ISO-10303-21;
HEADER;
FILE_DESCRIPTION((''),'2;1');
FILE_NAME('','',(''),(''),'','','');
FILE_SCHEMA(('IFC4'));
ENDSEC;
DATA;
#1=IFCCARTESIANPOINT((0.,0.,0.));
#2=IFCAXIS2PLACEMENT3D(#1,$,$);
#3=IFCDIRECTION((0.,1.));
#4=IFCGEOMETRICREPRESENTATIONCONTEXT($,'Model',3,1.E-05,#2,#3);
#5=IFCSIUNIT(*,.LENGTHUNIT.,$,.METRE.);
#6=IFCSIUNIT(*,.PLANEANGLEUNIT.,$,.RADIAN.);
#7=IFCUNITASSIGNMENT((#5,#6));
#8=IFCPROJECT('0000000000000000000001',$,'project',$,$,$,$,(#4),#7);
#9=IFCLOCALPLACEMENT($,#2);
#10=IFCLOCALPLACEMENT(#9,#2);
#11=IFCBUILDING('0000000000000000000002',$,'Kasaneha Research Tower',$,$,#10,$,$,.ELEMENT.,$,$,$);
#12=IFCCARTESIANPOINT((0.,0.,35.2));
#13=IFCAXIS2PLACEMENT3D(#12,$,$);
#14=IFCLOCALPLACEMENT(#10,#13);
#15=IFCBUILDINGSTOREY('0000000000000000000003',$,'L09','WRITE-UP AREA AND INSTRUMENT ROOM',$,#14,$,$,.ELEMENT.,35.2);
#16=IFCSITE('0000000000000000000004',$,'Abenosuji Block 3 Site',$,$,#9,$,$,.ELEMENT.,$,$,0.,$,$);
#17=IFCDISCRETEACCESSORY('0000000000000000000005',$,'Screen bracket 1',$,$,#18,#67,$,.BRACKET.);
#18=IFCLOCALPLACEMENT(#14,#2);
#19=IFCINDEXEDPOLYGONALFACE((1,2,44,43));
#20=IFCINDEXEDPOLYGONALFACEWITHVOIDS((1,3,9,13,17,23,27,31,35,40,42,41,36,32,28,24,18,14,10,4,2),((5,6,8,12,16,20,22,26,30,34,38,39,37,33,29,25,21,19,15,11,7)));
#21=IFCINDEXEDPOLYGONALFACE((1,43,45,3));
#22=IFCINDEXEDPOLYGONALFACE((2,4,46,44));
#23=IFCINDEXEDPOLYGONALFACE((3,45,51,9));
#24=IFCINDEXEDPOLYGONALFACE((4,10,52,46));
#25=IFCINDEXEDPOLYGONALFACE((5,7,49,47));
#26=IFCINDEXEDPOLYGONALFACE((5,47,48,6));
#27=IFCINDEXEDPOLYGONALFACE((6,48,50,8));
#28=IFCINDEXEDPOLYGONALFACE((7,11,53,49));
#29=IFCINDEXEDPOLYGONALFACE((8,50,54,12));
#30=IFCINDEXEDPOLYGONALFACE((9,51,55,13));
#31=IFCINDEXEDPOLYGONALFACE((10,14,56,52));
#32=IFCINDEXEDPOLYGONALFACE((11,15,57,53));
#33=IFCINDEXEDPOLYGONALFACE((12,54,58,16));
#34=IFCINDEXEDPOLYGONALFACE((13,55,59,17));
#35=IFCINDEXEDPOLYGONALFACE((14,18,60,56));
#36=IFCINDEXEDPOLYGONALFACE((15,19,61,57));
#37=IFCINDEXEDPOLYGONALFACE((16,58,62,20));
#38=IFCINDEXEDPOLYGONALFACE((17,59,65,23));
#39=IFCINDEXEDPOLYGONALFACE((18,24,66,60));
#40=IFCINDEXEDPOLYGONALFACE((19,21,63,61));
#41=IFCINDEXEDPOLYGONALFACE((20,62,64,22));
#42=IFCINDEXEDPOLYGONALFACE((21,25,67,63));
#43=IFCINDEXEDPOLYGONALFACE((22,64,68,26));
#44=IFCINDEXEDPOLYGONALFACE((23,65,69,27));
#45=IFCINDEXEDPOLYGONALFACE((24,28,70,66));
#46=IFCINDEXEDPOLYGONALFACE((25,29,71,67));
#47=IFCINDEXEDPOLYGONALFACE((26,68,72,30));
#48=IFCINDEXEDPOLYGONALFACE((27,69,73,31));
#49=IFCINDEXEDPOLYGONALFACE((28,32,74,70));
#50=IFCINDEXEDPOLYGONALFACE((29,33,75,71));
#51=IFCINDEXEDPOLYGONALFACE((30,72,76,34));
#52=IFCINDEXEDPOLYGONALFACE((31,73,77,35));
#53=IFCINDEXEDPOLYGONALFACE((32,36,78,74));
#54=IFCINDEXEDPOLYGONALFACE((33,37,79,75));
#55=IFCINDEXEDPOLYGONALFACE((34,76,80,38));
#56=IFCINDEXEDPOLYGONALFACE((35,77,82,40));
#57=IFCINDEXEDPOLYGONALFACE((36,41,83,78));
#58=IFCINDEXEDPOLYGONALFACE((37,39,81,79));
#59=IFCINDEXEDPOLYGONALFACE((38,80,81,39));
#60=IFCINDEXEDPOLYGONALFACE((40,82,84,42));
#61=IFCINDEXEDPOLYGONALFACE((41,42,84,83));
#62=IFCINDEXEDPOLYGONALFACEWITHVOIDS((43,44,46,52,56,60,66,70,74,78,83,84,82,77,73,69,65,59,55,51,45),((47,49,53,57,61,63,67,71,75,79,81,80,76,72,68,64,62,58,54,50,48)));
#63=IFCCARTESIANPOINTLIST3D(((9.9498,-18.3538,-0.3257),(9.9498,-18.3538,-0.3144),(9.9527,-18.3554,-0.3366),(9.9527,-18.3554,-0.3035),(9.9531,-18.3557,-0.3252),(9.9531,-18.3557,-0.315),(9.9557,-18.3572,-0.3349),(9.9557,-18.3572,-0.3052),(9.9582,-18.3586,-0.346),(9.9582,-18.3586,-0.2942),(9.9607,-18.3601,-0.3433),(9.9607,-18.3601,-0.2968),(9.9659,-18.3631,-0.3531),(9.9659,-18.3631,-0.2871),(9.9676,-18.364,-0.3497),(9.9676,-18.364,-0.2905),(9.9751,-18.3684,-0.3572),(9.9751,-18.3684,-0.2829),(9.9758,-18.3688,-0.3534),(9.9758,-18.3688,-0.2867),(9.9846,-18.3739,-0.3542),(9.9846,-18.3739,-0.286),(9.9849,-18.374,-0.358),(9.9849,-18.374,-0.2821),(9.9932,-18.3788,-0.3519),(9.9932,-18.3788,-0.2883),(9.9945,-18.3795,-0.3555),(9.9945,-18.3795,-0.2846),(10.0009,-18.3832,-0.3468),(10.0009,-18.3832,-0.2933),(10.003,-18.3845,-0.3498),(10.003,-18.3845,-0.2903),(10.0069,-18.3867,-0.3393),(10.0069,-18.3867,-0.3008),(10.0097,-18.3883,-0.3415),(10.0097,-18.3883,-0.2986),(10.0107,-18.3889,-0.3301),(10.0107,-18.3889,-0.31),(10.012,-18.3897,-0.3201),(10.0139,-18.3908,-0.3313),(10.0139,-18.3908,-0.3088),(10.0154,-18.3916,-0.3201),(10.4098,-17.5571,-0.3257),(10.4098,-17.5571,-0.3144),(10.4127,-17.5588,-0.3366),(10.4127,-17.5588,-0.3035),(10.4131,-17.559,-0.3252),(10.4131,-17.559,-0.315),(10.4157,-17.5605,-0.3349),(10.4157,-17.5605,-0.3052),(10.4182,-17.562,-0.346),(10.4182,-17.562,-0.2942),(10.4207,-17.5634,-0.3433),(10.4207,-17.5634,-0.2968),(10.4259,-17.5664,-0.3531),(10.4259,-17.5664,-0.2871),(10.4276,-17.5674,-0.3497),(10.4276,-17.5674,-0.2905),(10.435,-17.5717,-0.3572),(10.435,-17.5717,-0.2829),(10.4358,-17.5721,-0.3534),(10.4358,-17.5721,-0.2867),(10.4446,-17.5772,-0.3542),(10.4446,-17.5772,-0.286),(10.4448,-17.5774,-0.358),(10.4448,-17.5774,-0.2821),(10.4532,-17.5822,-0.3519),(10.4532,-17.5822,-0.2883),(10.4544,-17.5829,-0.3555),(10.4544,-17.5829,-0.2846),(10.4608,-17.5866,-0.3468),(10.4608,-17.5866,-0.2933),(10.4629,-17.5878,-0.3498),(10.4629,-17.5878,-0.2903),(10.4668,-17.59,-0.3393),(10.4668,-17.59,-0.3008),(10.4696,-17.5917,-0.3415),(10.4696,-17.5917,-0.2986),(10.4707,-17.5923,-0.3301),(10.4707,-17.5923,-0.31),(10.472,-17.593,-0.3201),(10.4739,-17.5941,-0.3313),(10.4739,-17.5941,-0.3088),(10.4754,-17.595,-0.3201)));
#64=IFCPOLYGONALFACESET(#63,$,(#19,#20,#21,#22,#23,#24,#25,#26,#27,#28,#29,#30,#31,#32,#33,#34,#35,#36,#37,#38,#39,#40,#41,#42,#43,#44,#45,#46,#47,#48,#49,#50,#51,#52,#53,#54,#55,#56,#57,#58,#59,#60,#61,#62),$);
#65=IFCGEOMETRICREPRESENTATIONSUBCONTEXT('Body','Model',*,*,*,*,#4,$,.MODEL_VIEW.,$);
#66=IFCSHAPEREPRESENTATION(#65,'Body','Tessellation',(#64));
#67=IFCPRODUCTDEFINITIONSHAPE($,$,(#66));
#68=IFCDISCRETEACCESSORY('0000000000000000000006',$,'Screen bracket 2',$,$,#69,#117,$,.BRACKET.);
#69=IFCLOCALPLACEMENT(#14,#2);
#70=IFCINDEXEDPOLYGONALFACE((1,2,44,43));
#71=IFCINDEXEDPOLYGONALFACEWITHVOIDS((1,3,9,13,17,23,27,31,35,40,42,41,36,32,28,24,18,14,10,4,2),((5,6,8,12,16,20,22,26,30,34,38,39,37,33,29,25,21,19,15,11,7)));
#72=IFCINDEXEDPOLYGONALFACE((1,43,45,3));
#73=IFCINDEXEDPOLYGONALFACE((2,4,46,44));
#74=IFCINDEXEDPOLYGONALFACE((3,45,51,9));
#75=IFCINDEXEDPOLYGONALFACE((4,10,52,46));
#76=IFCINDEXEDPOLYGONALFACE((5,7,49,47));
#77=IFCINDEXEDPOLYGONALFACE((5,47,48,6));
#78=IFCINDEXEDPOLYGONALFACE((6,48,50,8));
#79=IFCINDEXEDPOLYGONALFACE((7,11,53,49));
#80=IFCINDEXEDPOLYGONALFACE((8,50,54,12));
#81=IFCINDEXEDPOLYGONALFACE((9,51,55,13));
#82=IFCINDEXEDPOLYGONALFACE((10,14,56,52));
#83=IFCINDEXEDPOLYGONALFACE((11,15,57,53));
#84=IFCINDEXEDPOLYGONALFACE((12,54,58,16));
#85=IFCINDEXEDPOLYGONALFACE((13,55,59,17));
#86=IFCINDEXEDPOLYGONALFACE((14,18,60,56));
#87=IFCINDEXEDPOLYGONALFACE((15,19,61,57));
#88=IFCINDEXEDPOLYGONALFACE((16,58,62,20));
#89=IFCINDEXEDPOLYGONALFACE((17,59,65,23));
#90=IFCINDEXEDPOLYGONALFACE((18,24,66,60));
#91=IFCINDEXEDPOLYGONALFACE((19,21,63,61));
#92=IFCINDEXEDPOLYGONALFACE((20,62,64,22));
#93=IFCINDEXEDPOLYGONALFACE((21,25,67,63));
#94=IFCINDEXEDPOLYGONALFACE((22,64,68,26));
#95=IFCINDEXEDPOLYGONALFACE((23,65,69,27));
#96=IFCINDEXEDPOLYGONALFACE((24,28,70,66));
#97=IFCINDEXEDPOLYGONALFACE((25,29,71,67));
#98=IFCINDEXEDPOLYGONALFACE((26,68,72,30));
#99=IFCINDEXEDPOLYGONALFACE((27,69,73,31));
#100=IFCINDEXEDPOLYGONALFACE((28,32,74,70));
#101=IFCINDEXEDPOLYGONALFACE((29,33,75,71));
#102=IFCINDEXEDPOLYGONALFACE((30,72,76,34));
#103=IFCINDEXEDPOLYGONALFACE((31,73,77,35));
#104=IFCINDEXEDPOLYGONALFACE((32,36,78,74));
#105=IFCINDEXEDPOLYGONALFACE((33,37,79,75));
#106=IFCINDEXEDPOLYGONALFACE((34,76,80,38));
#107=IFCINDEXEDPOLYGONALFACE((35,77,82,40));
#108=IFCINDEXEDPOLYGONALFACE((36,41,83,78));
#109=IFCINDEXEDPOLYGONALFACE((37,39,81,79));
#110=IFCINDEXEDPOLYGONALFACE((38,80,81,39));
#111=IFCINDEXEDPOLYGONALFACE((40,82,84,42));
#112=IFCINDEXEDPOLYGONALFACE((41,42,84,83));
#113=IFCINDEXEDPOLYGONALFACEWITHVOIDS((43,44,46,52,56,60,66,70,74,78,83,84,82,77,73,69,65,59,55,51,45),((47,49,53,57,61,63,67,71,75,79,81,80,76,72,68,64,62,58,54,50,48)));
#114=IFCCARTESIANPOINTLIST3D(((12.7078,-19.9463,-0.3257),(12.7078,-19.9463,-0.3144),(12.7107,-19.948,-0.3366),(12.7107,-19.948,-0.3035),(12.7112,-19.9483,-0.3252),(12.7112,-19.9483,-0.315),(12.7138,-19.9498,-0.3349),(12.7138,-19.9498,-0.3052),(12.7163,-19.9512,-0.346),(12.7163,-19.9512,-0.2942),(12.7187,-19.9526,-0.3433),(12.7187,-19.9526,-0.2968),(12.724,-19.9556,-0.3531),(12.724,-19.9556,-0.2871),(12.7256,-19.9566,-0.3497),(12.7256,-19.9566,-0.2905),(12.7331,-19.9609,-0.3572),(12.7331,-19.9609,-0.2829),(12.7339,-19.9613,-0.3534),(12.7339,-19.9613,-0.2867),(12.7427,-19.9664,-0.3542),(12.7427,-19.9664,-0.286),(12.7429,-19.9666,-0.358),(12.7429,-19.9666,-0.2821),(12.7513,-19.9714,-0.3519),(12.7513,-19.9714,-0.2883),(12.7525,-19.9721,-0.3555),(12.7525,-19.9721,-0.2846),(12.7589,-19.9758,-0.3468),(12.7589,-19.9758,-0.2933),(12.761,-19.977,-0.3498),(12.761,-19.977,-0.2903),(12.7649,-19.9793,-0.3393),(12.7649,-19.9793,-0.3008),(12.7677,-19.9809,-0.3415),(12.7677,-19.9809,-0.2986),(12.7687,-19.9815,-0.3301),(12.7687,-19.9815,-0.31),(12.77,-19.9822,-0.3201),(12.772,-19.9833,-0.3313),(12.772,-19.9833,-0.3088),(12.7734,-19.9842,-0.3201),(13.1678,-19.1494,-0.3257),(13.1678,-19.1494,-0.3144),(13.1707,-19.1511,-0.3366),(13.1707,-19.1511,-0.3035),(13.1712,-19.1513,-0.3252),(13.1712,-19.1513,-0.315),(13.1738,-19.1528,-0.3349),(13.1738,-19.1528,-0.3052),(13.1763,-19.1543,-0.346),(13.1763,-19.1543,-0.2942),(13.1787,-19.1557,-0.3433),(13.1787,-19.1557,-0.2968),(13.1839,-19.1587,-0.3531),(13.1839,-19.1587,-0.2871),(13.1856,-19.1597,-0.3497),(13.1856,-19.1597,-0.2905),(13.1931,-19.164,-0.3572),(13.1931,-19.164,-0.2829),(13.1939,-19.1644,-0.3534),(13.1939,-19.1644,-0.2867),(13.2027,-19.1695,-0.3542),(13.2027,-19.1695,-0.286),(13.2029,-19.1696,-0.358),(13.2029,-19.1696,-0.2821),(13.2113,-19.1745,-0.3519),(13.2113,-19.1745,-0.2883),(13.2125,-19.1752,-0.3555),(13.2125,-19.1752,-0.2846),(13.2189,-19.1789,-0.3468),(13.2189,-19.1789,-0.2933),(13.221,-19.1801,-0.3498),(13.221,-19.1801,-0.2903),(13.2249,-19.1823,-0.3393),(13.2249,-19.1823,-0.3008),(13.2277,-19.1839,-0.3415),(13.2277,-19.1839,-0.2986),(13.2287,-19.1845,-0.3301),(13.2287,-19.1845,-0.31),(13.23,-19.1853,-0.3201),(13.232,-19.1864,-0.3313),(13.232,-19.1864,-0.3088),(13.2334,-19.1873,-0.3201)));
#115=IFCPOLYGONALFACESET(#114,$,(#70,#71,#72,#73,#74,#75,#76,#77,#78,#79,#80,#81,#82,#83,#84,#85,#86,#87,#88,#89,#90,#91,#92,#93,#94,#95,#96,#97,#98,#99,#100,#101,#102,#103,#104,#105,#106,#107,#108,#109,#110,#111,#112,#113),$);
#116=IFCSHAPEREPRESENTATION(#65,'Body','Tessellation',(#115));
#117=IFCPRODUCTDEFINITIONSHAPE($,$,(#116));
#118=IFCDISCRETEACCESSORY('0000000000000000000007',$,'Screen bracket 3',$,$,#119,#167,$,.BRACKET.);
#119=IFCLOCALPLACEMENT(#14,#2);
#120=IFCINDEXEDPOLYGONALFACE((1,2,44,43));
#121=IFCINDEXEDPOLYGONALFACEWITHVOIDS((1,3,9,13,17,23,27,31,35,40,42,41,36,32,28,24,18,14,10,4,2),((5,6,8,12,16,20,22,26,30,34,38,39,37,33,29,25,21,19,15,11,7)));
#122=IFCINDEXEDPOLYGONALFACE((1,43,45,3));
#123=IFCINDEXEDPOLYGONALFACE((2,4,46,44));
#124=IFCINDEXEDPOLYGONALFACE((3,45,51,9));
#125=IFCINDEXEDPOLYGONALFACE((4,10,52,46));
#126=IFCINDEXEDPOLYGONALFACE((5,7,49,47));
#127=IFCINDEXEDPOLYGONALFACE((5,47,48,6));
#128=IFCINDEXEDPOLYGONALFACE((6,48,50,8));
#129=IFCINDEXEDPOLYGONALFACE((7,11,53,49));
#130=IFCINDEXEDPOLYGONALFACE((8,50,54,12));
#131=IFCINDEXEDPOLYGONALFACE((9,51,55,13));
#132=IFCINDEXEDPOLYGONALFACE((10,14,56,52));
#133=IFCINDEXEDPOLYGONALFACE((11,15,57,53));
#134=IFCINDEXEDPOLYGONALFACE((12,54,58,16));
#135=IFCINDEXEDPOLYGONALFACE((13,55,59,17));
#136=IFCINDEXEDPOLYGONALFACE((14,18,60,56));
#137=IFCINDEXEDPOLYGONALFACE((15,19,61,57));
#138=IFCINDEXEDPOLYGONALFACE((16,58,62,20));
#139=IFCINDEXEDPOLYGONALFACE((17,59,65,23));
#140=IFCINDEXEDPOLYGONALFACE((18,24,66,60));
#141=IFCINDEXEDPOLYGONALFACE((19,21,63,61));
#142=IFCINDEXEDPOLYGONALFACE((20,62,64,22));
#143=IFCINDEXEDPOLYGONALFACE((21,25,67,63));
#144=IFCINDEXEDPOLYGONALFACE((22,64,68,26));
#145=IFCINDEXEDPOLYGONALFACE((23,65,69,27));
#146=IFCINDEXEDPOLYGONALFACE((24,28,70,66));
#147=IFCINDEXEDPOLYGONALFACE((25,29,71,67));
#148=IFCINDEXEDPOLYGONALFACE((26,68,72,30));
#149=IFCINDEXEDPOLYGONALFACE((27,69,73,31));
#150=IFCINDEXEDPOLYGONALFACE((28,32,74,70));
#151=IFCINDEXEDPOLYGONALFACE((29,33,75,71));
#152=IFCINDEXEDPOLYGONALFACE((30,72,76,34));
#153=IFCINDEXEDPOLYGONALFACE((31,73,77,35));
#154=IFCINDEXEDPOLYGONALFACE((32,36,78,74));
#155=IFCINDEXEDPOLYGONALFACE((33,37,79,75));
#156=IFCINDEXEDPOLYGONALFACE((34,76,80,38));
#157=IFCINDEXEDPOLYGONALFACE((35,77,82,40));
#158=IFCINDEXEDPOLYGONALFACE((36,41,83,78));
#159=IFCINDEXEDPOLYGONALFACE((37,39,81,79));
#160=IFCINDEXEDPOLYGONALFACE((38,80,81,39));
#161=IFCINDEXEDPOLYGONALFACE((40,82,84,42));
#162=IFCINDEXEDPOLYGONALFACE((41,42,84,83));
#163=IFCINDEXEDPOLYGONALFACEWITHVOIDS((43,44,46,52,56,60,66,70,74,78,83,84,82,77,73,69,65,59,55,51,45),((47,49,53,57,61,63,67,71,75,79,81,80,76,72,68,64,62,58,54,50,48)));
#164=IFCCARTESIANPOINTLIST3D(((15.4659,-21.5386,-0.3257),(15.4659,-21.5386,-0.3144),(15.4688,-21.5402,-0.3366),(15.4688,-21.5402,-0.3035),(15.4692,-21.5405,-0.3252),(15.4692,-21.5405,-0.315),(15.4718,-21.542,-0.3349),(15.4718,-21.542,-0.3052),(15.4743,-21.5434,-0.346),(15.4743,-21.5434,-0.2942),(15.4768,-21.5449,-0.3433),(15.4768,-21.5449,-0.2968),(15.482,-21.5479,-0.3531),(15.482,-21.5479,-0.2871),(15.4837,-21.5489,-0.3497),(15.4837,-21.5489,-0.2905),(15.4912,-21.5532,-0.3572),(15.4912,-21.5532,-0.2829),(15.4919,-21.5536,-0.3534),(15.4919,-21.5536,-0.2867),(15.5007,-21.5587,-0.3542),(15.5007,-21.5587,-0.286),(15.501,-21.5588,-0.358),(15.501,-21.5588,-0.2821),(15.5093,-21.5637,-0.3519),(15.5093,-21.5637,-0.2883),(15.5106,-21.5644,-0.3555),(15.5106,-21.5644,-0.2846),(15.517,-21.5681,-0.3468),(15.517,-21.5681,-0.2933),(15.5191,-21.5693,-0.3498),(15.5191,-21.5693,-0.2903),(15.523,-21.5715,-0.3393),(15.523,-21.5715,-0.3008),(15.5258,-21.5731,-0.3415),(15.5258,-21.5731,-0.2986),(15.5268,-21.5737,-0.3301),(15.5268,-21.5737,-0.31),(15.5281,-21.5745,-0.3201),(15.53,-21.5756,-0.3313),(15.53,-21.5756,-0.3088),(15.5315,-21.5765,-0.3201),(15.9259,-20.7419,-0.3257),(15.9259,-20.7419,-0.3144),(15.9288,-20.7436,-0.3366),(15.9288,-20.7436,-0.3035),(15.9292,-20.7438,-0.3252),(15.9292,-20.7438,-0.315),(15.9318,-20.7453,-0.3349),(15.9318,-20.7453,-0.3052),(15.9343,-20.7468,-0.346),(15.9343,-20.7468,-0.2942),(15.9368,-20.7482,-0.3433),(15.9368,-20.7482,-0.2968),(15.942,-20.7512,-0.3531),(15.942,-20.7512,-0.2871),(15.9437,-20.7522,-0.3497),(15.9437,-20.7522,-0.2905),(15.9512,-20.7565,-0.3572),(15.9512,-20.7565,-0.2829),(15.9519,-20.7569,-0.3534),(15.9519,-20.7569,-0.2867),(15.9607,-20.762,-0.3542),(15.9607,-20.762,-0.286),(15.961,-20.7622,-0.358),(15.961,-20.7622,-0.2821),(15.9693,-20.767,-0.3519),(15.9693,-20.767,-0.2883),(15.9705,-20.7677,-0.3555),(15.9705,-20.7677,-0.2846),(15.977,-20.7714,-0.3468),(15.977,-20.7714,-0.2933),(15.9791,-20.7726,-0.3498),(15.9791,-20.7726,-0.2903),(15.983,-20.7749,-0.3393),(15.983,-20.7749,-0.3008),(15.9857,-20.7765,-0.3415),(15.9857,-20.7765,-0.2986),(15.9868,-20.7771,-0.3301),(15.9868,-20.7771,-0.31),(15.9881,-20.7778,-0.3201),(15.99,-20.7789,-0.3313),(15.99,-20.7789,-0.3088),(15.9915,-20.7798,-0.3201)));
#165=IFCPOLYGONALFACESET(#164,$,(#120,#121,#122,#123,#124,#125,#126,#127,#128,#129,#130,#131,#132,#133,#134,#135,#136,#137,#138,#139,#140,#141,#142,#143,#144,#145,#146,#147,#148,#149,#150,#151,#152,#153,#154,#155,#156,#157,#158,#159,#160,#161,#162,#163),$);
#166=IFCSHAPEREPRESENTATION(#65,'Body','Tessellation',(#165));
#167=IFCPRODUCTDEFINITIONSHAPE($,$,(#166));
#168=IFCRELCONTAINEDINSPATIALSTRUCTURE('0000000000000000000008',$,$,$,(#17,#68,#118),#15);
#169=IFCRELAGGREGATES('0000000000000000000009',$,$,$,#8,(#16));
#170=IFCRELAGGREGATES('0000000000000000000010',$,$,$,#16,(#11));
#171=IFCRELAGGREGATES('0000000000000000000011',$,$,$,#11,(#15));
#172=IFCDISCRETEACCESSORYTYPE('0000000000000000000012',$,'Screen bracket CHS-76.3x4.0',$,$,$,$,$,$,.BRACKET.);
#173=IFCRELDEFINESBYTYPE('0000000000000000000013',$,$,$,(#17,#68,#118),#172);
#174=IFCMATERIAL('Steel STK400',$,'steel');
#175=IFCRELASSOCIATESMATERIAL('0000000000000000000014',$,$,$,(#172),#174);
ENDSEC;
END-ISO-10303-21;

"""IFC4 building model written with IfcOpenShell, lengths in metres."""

from ifc_helpers import new_model, si_unit, direction, frame, origin, origin_2d, place, context, subcontext, project, spatial, hollow_circle, extrude, material, material_profile, profile_set, type_object, element, save


model = new_model("IFC4")

# Units and contexts
model_context = context("Model", 3, precision=1e-05, world=origin(), true_north=direction((0.0, 1.0)))
body_context = subcontext(model_context, "Body", "Model", "MODEL_VIEW")
ifc_project = project(units=[si_unit("LENGTHUNIT", "METRE"), si_unit("PLANEANGLEUNIT", "RADIAN")], contexts=[model_context])

# Site, building, storey
site_placement = place(None, origin())
site = spatial("IfcSite", under=ifc_project, at=site_placement, Name="Abenosuji Block 3 Site", CompositionType="ELEMENT", RefElevation=0.0)
building_placement = place(site_placement, origin())
building = spatial("IfcBuilding", under=site, at=building_placement, Name="Kasaneha Research Tower", CompositionType="ELEMENT")
storey_placement = place(building_placement, frame((0.0, 0.0, 35.2)))
storey = spatial("IfcBuildingStorey", under=building, at=storey_placement, Name="L09", Description="WRITE-UP AREA AND INSTRUMENT ROOM", CompositionType="ELEMENT", Elevation=35.2)

# Discrete accessories
ifc_material_1 = material(Name="Steel STK400", Category="steel")
ifc_material_profile_1 = material_profile(ifc_material_1, hollow_circle(Radius=0.0381, WallThickness=0.0039, at=origin_2d()), Name="CHS-76.3x4.0")
ifc_profile_set_1 = profile_set([ifc_material_profile_1], Name="Steel STK400")
discrete_accessory_type = type_object("IfcDiscreteAccessoryType", Name="Screen bracket CHS-76.3x4.0", PredefinedType="BRACKET", material=ifc_profile_set_1)
for number, where, z_axis, x_axis, name in (
    (1, (10.4424, -17.5759, -0.3201), (-0.500021, -0.866013, 0.0), (0.866013, -0.500021, 0.0), "Screen bracket 1"),
):
    element("IfcDiscreteAccessory", number, at=place(storey_placement, frame(where, z_axis=z_axis, x_axis=x_axis)), inside=storey, type_object=discrete_accessory_type, Name=name, PredefinedType="BRACKET", context=body_context, shape_type="SweptSolid", body=[
        extrude(hollow_circle(Radius=0.0381, WallThickness=0.0039, at=origin_2d()), origin(), (0.0, 0.0, 1.0), 0.9199),
    ])
discrete_accessory_1_placement = place(storey_placement, frame((13.2004, -19.1682, -0.3201), z_axis=(-0.499906, -0.86608, 0.0), x_axis=(0.86608, -0.499906, 0.0)))
element("IfcDiscreteAccessory", 2, at=discrete_accessory_1_placement, inside=storey, type_object=discrete_accessory_type, Name="Screen bracket 2", PredefinedType="BRACKET", context=body_context, shape_type="SweptSolid", body=[
    extrude(hollow_circle(Radius=0.0381, WallThickness=0.0039, at=origin_2d()), origin(), (0.0, 0.0, 1.0), 0.9202),
])
discrete_accessory_2_placement = place(storey_placement, frame((15.9585, -20.7607, -0.3201), z_axis=(-0.500021, -0.866013, 0.0), x_axis=(0.866013, -0.500021, 0.0)))
element("IfcDiscreteAccessory", 3, at=discrete_accessory_2_placement, inside=storey, type_object=discrete_accessory_type, Name="Screen bracket 3", PredefinedType="BRACKET", context=body_context, shape_type="SweptSolid", body=[
    extrude(hollow_circle(Radius=0.0381, WallThickness=0.0039, at=origin_2d()), origin(), (0.0, 0.0, 1.0), 0.9199),
])

save(model, "model.ifc")
